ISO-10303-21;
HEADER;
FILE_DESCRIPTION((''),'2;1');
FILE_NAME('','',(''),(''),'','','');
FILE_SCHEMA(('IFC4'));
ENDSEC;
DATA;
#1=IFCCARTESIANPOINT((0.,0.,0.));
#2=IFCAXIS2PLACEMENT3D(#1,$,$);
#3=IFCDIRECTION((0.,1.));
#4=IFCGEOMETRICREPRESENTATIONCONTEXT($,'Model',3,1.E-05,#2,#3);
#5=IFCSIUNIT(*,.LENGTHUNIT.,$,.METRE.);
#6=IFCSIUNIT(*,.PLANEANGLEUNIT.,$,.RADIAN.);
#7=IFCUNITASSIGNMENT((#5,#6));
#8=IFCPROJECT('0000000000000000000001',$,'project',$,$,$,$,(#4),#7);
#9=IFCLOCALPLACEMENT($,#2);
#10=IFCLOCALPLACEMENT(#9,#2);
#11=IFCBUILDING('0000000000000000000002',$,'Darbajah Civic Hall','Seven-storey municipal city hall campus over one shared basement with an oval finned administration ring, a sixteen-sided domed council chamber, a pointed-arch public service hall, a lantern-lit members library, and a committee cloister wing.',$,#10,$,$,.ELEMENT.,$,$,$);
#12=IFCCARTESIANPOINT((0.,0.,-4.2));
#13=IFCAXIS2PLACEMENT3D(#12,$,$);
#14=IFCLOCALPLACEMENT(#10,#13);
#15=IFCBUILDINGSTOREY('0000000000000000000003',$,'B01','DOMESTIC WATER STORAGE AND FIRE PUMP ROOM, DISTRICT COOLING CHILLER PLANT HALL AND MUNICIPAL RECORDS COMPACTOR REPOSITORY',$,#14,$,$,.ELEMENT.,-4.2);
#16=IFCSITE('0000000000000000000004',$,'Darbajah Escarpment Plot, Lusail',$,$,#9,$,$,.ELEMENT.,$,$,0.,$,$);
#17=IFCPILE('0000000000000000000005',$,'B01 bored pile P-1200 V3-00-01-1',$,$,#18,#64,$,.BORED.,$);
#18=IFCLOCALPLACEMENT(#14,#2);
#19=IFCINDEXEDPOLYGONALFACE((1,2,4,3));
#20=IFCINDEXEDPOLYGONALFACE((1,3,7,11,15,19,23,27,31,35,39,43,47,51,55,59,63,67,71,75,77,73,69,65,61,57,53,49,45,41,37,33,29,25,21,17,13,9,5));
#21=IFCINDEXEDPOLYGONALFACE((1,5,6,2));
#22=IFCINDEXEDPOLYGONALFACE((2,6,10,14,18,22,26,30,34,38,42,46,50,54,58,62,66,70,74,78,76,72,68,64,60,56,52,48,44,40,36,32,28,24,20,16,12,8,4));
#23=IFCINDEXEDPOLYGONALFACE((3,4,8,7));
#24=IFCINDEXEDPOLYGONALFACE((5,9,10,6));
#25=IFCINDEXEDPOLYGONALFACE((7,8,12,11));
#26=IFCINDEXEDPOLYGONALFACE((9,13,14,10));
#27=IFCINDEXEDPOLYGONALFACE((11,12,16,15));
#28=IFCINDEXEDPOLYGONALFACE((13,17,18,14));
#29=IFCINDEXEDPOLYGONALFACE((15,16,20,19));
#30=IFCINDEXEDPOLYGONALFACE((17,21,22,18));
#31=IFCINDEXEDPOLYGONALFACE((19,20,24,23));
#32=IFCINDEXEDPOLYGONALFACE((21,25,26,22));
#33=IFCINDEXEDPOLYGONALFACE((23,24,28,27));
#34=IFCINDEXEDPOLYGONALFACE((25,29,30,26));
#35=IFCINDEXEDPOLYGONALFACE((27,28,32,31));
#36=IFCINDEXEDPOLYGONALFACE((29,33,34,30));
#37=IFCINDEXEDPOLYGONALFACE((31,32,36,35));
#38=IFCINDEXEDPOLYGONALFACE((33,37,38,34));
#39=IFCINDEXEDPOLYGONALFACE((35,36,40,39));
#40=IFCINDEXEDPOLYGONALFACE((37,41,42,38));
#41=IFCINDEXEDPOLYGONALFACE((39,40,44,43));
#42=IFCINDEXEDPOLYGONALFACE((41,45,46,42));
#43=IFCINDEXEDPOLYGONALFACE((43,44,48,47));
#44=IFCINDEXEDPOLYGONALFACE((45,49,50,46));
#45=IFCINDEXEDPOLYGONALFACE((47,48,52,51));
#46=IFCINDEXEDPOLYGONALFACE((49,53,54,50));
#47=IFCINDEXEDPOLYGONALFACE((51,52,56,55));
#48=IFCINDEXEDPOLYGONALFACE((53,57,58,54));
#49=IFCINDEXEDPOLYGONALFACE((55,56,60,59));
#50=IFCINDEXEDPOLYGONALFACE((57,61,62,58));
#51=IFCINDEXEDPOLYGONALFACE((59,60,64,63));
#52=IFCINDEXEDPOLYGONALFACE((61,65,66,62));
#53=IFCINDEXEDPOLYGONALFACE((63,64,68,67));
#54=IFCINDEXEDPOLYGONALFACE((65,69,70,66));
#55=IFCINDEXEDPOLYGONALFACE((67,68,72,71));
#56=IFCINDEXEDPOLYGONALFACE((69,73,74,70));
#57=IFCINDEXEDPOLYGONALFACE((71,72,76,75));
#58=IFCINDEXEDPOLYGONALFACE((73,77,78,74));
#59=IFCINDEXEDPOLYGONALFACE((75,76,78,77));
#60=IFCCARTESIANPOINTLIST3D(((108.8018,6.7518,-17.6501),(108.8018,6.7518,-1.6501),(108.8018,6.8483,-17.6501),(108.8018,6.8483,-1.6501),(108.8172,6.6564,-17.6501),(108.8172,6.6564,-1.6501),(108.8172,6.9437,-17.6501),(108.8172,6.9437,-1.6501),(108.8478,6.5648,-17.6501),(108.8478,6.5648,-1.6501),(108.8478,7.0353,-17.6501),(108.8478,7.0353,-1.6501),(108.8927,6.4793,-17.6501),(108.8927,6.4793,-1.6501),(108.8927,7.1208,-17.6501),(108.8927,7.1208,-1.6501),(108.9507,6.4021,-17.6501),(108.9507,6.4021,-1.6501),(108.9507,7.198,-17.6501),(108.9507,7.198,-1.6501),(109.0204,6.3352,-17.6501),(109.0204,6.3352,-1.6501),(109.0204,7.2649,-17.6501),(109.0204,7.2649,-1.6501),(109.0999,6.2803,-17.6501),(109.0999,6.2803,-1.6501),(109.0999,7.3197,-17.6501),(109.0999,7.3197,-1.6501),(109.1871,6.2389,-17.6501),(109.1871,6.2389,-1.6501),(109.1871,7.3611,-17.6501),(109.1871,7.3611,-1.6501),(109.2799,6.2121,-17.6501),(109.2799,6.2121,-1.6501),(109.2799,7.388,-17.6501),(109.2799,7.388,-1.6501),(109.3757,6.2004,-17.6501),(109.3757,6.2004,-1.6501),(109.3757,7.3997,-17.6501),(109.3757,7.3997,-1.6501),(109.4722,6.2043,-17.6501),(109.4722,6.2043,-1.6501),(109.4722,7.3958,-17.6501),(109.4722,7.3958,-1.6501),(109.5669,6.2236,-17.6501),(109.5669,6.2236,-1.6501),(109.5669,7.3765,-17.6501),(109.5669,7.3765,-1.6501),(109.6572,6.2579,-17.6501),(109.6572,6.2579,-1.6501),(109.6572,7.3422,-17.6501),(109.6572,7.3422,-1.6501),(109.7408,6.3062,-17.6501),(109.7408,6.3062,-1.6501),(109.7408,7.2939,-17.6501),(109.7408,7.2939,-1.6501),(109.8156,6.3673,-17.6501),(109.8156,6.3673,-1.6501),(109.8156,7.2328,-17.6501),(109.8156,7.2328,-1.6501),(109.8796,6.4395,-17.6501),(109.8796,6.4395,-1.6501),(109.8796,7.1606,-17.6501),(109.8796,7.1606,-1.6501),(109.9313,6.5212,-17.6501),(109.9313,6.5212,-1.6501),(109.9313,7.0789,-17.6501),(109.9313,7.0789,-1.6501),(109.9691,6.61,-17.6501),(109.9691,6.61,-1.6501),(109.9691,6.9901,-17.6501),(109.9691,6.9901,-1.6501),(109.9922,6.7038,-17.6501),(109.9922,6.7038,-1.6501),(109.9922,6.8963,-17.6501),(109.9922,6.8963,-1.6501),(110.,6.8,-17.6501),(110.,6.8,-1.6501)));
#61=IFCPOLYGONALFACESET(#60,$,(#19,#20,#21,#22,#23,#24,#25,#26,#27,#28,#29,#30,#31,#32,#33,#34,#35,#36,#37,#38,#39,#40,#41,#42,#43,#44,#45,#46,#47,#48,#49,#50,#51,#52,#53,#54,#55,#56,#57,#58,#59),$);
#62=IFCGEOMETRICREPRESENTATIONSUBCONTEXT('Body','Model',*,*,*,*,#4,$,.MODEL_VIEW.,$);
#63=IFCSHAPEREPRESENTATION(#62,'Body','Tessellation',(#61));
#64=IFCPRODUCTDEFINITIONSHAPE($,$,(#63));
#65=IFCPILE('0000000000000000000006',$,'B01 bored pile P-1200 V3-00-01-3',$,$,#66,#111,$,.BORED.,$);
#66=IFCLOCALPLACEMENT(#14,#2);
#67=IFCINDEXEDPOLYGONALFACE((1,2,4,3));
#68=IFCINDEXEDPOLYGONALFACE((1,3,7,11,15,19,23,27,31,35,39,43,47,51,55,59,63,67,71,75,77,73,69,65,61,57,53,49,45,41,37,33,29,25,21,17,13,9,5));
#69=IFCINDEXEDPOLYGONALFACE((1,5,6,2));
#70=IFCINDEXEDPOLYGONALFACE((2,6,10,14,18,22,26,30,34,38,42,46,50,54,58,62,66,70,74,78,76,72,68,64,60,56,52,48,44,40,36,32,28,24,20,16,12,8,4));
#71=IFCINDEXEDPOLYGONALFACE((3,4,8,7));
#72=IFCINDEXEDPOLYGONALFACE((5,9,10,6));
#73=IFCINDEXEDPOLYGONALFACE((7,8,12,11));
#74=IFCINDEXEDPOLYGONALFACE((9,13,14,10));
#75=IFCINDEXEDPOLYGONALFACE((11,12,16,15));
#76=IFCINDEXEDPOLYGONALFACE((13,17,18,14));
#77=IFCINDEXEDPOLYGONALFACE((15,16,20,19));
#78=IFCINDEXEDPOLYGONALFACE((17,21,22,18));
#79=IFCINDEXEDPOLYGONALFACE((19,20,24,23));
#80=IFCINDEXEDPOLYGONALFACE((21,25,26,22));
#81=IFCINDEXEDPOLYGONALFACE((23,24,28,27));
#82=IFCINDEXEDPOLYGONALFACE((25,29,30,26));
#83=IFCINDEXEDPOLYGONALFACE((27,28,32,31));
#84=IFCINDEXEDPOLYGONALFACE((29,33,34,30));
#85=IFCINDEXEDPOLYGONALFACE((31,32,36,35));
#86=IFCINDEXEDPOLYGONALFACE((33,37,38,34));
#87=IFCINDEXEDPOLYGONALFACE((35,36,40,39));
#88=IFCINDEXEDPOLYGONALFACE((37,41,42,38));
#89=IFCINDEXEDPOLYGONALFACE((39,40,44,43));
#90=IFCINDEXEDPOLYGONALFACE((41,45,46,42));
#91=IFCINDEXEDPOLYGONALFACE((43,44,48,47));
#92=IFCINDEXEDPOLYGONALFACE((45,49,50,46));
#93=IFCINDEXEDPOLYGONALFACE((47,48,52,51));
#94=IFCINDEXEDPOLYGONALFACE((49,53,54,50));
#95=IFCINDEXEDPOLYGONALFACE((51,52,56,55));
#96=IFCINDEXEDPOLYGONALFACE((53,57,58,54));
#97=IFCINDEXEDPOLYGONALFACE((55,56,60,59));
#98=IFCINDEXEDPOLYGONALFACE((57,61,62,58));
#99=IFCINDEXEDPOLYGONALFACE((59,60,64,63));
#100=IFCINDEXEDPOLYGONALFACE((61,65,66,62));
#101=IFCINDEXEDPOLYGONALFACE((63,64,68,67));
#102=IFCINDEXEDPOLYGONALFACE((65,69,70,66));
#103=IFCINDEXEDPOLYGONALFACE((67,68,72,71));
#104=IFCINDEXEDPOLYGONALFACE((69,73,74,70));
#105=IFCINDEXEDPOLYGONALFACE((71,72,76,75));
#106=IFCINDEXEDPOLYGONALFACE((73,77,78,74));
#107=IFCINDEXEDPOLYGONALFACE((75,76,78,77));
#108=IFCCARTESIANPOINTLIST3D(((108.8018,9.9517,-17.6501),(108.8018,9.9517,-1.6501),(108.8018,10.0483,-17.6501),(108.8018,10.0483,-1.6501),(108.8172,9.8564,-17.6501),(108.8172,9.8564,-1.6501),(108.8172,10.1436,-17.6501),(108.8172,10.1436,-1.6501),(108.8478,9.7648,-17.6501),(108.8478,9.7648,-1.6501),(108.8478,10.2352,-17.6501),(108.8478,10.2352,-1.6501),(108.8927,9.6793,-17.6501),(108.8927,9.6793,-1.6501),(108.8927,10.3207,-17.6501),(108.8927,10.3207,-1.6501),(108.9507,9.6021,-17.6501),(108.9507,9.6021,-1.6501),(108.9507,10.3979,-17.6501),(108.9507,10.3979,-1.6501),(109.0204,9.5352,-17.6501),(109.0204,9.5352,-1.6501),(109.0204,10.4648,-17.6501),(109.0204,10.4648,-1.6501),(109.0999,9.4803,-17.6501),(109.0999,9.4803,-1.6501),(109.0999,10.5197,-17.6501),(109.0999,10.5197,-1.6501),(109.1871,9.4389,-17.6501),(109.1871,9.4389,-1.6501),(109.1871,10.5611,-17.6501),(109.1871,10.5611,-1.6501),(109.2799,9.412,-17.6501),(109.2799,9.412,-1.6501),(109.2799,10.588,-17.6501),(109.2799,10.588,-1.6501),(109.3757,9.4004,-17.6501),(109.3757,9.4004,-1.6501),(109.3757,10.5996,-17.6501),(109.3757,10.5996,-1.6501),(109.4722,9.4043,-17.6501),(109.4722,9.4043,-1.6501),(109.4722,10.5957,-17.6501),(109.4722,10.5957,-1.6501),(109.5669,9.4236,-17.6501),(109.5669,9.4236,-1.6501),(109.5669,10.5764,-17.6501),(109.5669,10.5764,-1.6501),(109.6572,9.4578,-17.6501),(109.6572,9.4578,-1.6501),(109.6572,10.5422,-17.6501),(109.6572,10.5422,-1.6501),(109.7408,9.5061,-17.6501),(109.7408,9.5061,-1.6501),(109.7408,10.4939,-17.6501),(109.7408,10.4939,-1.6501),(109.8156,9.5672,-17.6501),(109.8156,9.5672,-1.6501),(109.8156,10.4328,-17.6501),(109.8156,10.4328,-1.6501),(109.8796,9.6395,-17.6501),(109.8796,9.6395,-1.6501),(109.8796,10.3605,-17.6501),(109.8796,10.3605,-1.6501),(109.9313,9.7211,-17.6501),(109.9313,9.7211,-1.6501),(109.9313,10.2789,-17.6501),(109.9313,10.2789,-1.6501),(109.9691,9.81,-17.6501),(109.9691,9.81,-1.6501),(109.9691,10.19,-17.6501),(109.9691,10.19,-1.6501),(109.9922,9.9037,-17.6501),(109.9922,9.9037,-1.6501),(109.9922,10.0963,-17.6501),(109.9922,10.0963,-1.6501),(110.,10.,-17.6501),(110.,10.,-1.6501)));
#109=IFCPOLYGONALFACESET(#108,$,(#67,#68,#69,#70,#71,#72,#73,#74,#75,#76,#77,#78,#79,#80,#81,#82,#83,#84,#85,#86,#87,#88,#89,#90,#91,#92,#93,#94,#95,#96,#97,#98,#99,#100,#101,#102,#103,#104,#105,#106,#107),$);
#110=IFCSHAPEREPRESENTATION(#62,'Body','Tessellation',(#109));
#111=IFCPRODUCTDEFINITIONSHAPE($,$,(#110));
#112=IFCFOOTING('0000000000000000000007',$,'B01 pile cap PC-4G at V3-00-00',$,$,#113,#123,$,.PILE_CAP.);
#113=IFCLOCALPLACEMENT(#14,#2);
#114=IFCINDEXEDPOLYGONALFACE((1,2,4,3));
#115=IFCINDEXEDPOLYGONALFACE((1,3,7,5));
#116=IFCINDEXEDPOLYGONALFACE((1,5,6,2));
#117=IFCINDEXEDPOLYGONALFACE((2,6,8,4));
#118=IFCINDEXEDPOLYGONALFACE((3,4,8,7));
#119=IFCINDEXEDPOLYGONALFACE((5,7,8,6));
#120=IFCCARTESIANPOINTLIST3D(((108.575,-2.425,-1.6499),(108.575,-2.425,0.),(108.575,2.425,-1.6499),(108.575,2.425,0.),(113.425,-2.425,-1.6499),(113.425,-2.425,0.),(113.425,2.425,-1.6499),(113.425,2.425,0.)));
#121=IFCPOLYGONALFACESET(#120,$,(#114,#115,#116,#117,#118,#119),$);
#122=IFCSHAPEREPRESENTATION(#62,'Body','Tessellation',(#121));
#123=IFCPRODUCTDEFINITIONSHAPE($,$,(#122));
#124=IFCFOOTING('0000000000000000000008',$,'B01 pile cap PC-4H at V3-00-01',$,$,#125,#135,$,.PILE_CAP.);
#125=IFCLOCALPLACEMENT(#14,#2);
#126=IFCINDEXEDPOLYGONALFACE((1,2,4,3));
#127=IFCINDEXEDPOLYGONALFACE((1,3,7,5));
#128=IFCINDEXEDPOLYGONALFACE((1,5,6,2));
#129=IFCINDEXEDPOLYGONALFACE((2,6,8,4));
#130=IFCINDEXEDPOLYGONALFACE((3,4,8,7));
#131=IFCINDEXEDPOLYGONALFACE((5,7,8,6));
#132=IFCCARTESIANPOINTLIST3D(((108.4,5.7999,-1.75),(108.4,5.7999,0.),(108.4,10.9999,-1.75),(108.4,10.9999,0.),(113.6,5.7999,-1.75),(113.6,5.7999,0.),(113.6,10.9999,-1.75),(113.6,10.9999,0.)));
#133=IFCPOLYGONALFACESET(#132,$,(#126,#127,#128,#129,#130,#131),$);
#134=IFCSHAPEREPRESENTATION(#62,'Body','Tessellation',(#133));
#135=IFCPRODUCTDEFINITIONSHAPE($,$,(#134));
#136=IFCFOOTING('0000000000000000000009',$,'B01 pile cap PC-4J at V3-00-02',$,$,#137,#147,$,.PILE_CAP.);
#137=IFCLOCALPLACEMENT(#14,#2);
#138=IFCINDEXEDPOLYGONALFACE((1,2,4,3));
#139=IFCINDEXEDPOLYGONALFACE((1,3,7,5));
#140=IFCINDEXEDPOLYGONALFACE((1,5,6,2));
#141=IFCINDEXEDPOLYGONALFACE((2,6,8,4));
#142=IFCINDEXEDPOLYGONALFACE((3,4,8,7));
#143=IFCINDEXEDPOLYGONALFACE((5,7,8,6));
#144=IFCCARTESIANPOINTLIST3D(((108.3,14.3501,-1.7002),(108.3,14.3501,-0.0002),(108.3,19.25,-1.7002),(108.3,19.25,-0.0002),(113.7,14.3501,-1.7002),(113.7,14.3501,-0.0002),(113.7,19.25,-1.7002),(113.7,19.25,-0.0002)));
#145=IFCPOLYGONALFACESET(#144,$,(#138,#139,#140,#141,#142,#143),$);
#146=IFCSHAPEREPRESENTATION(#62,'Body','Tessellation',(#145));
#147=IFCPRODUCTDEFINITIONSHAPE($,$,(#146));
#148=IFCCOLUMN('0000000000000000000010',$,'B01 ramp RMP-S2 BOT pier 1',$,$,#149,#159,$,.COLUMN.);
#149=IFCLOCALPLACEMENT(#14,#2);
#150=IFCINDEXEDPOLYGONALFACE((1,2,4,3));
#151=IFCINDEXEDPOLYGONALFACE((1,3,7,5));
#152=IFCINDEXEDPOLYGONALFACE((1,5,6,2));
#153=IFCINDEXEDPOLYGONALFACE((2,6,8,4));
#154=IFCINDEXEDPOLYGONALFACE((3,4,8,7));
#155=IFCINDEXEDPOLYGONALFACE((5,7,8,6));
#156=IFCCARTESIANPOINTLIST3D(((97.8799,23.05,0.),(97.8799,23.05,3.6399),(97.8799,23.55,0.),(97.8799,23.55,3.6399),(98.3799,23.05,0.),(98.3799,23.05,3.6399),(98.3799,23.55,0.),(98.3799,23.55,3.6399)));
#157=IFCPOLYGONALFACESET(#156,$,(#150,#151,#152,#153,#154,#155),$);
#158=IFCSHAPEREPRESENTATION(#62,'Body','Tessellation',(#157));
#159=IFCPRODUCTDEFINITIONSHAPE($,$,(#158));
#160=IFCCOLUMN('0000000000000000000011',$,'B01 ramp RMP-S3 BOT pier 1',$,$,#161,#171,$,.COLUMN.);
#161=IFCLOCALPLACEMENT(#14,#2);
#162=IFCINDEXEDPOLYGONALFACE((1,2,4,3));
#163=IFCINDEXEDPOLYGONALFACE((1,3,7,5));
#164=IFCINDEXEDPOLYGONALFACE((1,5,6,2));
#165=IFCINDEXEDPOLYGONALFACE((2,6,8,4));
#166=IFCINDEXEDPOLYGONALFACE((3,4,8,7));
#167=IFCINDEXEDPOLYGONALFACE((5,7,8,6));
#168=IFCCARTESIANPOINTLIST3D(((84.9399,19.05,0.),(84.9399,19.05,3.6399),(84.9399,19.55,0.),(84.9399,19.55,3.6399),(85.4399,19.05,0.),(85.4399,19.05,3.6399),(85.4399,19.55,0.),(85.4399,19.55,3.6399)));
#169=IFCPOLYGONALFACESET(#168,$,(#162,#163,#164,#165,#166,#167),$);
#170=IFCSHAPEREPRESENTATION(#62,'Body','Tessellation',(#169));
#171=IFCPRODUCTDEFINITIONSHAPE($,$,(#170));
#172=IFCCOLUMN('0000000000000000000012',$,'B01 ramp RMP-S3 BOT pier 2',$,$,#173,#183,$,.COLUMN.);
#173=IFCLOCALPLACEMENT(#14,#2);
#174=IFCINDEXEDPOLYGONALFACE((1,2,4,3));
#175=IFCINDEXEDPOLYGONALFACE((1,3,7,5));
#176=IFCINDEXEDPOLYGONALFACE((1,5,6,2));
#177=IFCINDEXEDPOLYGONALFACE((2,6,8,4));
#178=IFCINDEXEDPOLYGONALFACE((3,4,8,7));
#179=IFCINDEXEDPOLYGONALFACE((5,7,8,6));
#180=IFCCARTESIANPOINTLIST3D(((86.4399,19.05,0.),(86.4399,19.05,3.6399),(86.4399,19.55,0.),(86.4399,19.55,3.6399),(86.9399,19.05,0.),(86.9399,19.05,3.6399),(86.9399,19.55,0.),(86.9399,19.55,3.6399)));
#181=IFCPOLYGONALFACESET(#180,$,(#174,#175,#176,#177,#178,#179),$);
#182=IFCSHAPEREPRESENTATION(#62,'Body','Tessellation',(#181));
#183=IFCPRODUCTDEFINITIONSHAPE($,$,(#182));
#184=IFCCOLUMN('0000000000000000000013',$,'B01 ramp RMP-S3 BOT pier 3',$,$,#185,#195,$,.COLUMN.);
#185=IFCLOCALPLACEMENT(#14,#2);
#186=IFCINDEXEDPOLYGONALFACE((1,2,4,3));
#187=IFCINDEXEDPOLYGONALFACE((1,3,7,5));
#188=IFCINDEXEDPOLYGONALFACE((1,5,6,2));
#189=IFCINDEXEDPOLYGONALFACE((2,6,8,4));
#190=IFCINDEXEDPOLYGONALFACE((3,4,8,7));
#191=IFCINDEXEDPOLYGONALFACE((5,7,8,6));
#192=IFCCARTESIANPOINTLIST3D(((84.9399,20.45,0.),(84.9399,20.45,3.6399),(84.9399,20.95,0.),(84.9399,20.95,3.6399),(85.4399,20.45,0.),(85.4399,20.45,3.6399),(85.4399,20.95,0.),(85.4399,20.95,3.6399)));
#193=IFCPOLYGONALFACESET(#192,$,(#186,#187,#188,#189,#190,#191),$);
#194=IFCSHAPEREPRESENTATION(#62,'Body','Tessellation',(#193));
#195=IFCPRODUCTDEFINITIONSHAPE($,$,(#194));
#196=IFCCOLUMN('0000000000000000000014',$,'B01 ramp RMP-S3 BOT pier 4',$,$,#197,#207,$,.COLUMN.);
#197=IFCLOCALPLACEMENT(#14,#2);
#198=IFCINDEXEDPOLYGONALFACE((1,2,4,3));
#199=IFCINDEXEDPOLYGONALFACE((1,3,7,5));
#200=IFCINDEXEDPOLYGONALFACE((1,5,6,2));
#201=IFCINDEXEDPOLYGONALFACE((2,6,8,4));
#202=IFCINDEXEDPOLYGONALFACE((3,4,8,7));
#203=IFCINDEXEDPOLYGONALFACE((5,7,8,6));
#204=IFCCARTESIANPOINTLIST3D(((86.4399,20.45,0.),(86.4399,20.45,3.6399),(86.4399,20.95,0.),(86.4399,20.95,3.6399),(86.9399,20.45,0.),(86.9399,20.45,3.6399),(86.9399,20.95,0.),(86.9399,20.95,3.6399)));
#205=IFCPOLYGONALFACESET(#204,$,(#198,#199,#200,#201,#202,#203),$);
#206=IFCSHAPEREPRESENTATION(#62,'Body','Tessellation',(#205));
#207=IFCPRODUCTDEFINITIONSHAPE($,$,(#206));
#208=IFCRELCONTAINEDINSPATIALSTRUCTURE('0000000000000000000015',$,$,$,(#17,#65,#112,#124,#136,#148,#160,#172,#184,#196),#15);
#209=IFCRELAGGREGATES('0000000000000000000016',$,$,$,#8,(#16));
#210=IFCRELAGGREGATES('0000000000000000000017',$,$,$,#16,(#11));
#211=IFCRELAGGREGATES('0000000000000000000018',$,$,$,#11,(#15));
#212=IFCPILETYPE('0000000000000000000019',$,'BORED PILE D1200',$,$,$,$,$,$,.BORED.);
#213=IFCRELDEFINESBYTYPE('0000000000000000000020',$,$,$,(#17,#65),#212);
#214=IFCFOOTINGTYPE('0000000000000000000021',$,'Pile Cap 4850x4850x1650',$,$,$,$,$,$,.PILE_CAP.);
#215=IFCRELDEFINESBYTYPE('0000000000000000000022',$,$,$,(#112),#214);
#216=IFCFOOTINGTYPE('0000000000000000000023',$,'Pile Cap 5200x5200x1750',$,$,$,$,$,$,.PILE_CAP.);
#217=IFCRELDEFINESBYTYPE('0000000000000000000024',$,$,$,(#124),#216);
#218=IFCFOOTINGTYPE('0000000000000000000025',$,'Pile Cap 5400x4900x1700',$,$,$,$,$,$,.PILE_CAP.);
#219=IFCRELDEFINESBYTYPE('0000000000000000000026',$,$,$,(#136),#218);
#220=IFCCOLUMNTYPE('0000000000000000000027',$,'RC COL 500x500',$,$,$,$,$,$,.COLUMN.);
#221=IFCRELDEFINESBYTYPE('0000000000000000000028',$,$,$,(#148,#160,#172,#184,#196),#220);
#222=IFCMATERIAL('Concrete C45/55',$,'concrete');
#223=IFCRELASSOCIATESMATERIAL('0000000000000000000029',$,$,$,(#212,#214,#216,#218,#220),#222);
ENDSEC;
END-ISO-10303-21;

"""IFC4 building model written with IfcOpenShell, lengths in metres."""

from ifc_helpers import new_model, si_unit, direction, frame, origin, origin_2d, place, context, subcontext, project, spatial, rectangle, circle, extrude, material, material_profile, profile_set, type_object, element, save


model = new_model("IFC4")

# Units and contexts
model_context = context("Model", 3, precision=1e-05, world=origin(), true_north=direction((0.0, 1.0)))
body_context = subcontext(model_context, "Body", "Model", "MODEL_VIEW")
ifc_project = project(units=[si_unit("LENGTHUNIT", "METRE"), si_unit("PLANEANGLEUNIT", "RADIAN")], contexts=[model_context])

# Site, building, storey
site_placement = place(None, origin())
site = spatial("IfcSite", under=ifc_project, at=site_placement, Name="Darbajah Escarpment Plot, Lusail", CompositionType="ELEMENT", RefElevation=0.0)
building_placement = place(site_placement, origin())
building = spatial("IfcBuilding", under=site, at=building_placement, Name="Darbajah Civic Hall", Description="Seven-storey municipal city hall campus over one shared basement with an oval finned administration ring, a sixteen-sided domed council chamber, a pointed-arch public service hall, a lantern-lit members library, and a committee cloister wing.", CompositionType="ELEMENT")
storey_placement = place(building_placement, frame((0.0, 0.0, -4.2)))
storey = spatial("IfcBuildingStorey", under=building, at=storey_placement, Name="B01", Description="DOMESTIC WATER STORAGE AND FIRE PUMP ROOM, DISTRICT COOLING CHILLER PLANT HALL AND MUNICIPAL RECORDS COMPACTOR REPOSITORY", CompositionType="ELEMENT", Elevation=-4.2)

# Piles
ifc_material_1 = material(Name="Concrete C45/55", Category="concrete")
ifc_material_profile_1 = material_profile(ifc_material_1, circle(Radius=0.6001, at=origin_2d()), Name="BORED PILE D1200")
ifc_profile_set_1 = profile_set([ifc_material_profile_1], Name="Concrete C45/55")
pile_type_1 = type_object("IfcPileType", Name="BORED PILE D1200", PredefinedType="BORED", material=ifc_profile_set_1)
for number, where, z_axis, x_axis, name in (
    (1, (109.3999, 6.8, -1.6501), (0.0, 0.0, -1.0), (1.0, 0.0, 0.0), "B01 bored pile P-1200 V3-00-01-1"),
    (2, (109.3999, 10.0, -1.6501), (0.0, 0.0, -1.0), (1.0, 0.0, 0.0), "B01 bored pile P-1200 V3-00-01-3"),
):
    element("IfcPile", number, at=place(storey_placement, frame(where, z_axis=z_axis, x_axis=x_axis)), inside=storey, type_object=pile_type_1, Name=name, PredefinedType="BORED", context=body_context, shape_type="SweptSolid", body=[
        extrude(circle(Radius=0.6001, at=origin_2d()), origin(), (0.0, 0.0, 1.0), 16.0),
    ])

# Footings
footing_type_1 = type_object("IfcFootingType", Name="Pile Cap 4850x4850x1650", PredefinedType="PILE_CAP", material=ifc_material_1)
footing_1_placement = place(storey_placement, frame((111.0, 0.0, -1.6499), z_axis=(0.0, 0.0, 1.0), x_axis=(1.0, 0.0, 0.0)))
element("IfcFooting", 3, at=footing_1_placement, inside=storey, type_object=footing_type_1, Name="B01 pile cap PC-4G at V3-00-00", PredefinedType="PILE_CAP", context=body_context, shape_type="SweptSolid", body=[
    extrude(rectangle(XDim=4.8501, YDim=4.8501, at=origin_2d()), origin(), (0.0, 0.0, 1.0), 1.6499),
])
footing_type_2 = type_object("IfcFootingType", Name="Pile Cap 5200x5200x1750", PredefinedType="PILE_CAP", material=ifc_material_1)
footing_2_placement = place(storey_placement, frame((111.0, 8.3999, -1.75), z_axis=(0.0, 0.0, 1.0), x_axis=(1.0, 0.0, 0.0)))
element("IfcFooting", 4, at=footing_2_placement, inside=storey, type_object=footing_type_2, Name="B01 pile cap PC-4H at V3-00-01", PredefinedType="PILE_CAP", context=body_context, shape_type="SweptSolid", body=[
    extrude(rectangle(XDim=5.2, YDim=5.2, at=origin_2d()), origin(), (0.0, 0.0, 1.0), 1.75),
])
footing_type_3 = type_object("IfcFootingType", Name="Pile Cap 5400x4900x1700", PredefinedType="PILE_CAP", material=ifc_material_1)
footing_3_placement = place(storey_placement, frame((111.0, 16.8, -1.7002), z_axis=(0.0, 0.0, 1.0), x_axis=(1.0, 0.0, 0.0)))
element("IfcFooting", 5, at=footing_3_placement, inside=storey, type_object=footing_type_3, Name="B01 pile cap PC-4J at V3-00-02", PredefinedType="PILE_CAP", context=body_context, shape_type="SweptSolid", body=[
    extrude(rectangle(XDim=5.3999, YDim=4.8999, at=origin_2d()), origin(), (0.0, 0.0, 1.0), 1.7),
])

# Columns
ifc_material_profile_2 = material_profile(ifc_material_1, rectangle(XDim=0.5, YDim=0.5, at=origin_2d()), Name="RC COL 500x500")
ifc_profile_set_2 = profile_set([ifc_material_profile_2], Name="Concrete C45/55")
column_type_1 = type_object("IfcColumnType", Name="RC COL 500x500", PredefinedType="COLUMN", material=ifc_profile_set_2)
for number, where, z_axis, x_axis, name in (
    (6, (98.1299, 23.3, 0.0), (0.0, 0.0, 1.0), (1.0, 0.0, 0.0), "B01 ramp RMP-S2 BOT pier 1"),
    (7, (85.1899, 19.3, 0.0), (0.0, 0.0, 1.0), (1.0, 0.0, 0.0), "B01 ramp RMP-S3 BOT pier 1"),
    (8, (86.6899, 19.3, 0.0), (0.0, 0.0, 1.0), (1.0, 0.0, 0.0), "B01 ramp RMP-S3 BOT pier 2"),
    (9, (85.1899, 20.7, 0.0), (0.0, 0.0, 1.0), (1.0, 0.0, 0.0), "B01 ramp RMP-S3 BOT pier 3"),
    (10, (86.6899, 20.7, 0.0), (0.0, 0.0, 1.0), (1.0, 0.0, 0.0), "B01 ramp RMP-S3 BOT pier 4"),
):
    element("IfcColumn", number, at=place(storey_placement, frame(where, z_axis=z_axis, x_axis=x_axis)), inside=storey, type_object=column_type_1, Name=name, PredefinedType="COLUMN", context=body_context, shape_type="SweptSolid", body=[
        extrude(rectangle(XDim=0.5, YDim=0.5, at=origin_2d()), origin(), (0.0, 0.0, 1.0), 3.6399),
    ])

save(model, "model.ifc")
